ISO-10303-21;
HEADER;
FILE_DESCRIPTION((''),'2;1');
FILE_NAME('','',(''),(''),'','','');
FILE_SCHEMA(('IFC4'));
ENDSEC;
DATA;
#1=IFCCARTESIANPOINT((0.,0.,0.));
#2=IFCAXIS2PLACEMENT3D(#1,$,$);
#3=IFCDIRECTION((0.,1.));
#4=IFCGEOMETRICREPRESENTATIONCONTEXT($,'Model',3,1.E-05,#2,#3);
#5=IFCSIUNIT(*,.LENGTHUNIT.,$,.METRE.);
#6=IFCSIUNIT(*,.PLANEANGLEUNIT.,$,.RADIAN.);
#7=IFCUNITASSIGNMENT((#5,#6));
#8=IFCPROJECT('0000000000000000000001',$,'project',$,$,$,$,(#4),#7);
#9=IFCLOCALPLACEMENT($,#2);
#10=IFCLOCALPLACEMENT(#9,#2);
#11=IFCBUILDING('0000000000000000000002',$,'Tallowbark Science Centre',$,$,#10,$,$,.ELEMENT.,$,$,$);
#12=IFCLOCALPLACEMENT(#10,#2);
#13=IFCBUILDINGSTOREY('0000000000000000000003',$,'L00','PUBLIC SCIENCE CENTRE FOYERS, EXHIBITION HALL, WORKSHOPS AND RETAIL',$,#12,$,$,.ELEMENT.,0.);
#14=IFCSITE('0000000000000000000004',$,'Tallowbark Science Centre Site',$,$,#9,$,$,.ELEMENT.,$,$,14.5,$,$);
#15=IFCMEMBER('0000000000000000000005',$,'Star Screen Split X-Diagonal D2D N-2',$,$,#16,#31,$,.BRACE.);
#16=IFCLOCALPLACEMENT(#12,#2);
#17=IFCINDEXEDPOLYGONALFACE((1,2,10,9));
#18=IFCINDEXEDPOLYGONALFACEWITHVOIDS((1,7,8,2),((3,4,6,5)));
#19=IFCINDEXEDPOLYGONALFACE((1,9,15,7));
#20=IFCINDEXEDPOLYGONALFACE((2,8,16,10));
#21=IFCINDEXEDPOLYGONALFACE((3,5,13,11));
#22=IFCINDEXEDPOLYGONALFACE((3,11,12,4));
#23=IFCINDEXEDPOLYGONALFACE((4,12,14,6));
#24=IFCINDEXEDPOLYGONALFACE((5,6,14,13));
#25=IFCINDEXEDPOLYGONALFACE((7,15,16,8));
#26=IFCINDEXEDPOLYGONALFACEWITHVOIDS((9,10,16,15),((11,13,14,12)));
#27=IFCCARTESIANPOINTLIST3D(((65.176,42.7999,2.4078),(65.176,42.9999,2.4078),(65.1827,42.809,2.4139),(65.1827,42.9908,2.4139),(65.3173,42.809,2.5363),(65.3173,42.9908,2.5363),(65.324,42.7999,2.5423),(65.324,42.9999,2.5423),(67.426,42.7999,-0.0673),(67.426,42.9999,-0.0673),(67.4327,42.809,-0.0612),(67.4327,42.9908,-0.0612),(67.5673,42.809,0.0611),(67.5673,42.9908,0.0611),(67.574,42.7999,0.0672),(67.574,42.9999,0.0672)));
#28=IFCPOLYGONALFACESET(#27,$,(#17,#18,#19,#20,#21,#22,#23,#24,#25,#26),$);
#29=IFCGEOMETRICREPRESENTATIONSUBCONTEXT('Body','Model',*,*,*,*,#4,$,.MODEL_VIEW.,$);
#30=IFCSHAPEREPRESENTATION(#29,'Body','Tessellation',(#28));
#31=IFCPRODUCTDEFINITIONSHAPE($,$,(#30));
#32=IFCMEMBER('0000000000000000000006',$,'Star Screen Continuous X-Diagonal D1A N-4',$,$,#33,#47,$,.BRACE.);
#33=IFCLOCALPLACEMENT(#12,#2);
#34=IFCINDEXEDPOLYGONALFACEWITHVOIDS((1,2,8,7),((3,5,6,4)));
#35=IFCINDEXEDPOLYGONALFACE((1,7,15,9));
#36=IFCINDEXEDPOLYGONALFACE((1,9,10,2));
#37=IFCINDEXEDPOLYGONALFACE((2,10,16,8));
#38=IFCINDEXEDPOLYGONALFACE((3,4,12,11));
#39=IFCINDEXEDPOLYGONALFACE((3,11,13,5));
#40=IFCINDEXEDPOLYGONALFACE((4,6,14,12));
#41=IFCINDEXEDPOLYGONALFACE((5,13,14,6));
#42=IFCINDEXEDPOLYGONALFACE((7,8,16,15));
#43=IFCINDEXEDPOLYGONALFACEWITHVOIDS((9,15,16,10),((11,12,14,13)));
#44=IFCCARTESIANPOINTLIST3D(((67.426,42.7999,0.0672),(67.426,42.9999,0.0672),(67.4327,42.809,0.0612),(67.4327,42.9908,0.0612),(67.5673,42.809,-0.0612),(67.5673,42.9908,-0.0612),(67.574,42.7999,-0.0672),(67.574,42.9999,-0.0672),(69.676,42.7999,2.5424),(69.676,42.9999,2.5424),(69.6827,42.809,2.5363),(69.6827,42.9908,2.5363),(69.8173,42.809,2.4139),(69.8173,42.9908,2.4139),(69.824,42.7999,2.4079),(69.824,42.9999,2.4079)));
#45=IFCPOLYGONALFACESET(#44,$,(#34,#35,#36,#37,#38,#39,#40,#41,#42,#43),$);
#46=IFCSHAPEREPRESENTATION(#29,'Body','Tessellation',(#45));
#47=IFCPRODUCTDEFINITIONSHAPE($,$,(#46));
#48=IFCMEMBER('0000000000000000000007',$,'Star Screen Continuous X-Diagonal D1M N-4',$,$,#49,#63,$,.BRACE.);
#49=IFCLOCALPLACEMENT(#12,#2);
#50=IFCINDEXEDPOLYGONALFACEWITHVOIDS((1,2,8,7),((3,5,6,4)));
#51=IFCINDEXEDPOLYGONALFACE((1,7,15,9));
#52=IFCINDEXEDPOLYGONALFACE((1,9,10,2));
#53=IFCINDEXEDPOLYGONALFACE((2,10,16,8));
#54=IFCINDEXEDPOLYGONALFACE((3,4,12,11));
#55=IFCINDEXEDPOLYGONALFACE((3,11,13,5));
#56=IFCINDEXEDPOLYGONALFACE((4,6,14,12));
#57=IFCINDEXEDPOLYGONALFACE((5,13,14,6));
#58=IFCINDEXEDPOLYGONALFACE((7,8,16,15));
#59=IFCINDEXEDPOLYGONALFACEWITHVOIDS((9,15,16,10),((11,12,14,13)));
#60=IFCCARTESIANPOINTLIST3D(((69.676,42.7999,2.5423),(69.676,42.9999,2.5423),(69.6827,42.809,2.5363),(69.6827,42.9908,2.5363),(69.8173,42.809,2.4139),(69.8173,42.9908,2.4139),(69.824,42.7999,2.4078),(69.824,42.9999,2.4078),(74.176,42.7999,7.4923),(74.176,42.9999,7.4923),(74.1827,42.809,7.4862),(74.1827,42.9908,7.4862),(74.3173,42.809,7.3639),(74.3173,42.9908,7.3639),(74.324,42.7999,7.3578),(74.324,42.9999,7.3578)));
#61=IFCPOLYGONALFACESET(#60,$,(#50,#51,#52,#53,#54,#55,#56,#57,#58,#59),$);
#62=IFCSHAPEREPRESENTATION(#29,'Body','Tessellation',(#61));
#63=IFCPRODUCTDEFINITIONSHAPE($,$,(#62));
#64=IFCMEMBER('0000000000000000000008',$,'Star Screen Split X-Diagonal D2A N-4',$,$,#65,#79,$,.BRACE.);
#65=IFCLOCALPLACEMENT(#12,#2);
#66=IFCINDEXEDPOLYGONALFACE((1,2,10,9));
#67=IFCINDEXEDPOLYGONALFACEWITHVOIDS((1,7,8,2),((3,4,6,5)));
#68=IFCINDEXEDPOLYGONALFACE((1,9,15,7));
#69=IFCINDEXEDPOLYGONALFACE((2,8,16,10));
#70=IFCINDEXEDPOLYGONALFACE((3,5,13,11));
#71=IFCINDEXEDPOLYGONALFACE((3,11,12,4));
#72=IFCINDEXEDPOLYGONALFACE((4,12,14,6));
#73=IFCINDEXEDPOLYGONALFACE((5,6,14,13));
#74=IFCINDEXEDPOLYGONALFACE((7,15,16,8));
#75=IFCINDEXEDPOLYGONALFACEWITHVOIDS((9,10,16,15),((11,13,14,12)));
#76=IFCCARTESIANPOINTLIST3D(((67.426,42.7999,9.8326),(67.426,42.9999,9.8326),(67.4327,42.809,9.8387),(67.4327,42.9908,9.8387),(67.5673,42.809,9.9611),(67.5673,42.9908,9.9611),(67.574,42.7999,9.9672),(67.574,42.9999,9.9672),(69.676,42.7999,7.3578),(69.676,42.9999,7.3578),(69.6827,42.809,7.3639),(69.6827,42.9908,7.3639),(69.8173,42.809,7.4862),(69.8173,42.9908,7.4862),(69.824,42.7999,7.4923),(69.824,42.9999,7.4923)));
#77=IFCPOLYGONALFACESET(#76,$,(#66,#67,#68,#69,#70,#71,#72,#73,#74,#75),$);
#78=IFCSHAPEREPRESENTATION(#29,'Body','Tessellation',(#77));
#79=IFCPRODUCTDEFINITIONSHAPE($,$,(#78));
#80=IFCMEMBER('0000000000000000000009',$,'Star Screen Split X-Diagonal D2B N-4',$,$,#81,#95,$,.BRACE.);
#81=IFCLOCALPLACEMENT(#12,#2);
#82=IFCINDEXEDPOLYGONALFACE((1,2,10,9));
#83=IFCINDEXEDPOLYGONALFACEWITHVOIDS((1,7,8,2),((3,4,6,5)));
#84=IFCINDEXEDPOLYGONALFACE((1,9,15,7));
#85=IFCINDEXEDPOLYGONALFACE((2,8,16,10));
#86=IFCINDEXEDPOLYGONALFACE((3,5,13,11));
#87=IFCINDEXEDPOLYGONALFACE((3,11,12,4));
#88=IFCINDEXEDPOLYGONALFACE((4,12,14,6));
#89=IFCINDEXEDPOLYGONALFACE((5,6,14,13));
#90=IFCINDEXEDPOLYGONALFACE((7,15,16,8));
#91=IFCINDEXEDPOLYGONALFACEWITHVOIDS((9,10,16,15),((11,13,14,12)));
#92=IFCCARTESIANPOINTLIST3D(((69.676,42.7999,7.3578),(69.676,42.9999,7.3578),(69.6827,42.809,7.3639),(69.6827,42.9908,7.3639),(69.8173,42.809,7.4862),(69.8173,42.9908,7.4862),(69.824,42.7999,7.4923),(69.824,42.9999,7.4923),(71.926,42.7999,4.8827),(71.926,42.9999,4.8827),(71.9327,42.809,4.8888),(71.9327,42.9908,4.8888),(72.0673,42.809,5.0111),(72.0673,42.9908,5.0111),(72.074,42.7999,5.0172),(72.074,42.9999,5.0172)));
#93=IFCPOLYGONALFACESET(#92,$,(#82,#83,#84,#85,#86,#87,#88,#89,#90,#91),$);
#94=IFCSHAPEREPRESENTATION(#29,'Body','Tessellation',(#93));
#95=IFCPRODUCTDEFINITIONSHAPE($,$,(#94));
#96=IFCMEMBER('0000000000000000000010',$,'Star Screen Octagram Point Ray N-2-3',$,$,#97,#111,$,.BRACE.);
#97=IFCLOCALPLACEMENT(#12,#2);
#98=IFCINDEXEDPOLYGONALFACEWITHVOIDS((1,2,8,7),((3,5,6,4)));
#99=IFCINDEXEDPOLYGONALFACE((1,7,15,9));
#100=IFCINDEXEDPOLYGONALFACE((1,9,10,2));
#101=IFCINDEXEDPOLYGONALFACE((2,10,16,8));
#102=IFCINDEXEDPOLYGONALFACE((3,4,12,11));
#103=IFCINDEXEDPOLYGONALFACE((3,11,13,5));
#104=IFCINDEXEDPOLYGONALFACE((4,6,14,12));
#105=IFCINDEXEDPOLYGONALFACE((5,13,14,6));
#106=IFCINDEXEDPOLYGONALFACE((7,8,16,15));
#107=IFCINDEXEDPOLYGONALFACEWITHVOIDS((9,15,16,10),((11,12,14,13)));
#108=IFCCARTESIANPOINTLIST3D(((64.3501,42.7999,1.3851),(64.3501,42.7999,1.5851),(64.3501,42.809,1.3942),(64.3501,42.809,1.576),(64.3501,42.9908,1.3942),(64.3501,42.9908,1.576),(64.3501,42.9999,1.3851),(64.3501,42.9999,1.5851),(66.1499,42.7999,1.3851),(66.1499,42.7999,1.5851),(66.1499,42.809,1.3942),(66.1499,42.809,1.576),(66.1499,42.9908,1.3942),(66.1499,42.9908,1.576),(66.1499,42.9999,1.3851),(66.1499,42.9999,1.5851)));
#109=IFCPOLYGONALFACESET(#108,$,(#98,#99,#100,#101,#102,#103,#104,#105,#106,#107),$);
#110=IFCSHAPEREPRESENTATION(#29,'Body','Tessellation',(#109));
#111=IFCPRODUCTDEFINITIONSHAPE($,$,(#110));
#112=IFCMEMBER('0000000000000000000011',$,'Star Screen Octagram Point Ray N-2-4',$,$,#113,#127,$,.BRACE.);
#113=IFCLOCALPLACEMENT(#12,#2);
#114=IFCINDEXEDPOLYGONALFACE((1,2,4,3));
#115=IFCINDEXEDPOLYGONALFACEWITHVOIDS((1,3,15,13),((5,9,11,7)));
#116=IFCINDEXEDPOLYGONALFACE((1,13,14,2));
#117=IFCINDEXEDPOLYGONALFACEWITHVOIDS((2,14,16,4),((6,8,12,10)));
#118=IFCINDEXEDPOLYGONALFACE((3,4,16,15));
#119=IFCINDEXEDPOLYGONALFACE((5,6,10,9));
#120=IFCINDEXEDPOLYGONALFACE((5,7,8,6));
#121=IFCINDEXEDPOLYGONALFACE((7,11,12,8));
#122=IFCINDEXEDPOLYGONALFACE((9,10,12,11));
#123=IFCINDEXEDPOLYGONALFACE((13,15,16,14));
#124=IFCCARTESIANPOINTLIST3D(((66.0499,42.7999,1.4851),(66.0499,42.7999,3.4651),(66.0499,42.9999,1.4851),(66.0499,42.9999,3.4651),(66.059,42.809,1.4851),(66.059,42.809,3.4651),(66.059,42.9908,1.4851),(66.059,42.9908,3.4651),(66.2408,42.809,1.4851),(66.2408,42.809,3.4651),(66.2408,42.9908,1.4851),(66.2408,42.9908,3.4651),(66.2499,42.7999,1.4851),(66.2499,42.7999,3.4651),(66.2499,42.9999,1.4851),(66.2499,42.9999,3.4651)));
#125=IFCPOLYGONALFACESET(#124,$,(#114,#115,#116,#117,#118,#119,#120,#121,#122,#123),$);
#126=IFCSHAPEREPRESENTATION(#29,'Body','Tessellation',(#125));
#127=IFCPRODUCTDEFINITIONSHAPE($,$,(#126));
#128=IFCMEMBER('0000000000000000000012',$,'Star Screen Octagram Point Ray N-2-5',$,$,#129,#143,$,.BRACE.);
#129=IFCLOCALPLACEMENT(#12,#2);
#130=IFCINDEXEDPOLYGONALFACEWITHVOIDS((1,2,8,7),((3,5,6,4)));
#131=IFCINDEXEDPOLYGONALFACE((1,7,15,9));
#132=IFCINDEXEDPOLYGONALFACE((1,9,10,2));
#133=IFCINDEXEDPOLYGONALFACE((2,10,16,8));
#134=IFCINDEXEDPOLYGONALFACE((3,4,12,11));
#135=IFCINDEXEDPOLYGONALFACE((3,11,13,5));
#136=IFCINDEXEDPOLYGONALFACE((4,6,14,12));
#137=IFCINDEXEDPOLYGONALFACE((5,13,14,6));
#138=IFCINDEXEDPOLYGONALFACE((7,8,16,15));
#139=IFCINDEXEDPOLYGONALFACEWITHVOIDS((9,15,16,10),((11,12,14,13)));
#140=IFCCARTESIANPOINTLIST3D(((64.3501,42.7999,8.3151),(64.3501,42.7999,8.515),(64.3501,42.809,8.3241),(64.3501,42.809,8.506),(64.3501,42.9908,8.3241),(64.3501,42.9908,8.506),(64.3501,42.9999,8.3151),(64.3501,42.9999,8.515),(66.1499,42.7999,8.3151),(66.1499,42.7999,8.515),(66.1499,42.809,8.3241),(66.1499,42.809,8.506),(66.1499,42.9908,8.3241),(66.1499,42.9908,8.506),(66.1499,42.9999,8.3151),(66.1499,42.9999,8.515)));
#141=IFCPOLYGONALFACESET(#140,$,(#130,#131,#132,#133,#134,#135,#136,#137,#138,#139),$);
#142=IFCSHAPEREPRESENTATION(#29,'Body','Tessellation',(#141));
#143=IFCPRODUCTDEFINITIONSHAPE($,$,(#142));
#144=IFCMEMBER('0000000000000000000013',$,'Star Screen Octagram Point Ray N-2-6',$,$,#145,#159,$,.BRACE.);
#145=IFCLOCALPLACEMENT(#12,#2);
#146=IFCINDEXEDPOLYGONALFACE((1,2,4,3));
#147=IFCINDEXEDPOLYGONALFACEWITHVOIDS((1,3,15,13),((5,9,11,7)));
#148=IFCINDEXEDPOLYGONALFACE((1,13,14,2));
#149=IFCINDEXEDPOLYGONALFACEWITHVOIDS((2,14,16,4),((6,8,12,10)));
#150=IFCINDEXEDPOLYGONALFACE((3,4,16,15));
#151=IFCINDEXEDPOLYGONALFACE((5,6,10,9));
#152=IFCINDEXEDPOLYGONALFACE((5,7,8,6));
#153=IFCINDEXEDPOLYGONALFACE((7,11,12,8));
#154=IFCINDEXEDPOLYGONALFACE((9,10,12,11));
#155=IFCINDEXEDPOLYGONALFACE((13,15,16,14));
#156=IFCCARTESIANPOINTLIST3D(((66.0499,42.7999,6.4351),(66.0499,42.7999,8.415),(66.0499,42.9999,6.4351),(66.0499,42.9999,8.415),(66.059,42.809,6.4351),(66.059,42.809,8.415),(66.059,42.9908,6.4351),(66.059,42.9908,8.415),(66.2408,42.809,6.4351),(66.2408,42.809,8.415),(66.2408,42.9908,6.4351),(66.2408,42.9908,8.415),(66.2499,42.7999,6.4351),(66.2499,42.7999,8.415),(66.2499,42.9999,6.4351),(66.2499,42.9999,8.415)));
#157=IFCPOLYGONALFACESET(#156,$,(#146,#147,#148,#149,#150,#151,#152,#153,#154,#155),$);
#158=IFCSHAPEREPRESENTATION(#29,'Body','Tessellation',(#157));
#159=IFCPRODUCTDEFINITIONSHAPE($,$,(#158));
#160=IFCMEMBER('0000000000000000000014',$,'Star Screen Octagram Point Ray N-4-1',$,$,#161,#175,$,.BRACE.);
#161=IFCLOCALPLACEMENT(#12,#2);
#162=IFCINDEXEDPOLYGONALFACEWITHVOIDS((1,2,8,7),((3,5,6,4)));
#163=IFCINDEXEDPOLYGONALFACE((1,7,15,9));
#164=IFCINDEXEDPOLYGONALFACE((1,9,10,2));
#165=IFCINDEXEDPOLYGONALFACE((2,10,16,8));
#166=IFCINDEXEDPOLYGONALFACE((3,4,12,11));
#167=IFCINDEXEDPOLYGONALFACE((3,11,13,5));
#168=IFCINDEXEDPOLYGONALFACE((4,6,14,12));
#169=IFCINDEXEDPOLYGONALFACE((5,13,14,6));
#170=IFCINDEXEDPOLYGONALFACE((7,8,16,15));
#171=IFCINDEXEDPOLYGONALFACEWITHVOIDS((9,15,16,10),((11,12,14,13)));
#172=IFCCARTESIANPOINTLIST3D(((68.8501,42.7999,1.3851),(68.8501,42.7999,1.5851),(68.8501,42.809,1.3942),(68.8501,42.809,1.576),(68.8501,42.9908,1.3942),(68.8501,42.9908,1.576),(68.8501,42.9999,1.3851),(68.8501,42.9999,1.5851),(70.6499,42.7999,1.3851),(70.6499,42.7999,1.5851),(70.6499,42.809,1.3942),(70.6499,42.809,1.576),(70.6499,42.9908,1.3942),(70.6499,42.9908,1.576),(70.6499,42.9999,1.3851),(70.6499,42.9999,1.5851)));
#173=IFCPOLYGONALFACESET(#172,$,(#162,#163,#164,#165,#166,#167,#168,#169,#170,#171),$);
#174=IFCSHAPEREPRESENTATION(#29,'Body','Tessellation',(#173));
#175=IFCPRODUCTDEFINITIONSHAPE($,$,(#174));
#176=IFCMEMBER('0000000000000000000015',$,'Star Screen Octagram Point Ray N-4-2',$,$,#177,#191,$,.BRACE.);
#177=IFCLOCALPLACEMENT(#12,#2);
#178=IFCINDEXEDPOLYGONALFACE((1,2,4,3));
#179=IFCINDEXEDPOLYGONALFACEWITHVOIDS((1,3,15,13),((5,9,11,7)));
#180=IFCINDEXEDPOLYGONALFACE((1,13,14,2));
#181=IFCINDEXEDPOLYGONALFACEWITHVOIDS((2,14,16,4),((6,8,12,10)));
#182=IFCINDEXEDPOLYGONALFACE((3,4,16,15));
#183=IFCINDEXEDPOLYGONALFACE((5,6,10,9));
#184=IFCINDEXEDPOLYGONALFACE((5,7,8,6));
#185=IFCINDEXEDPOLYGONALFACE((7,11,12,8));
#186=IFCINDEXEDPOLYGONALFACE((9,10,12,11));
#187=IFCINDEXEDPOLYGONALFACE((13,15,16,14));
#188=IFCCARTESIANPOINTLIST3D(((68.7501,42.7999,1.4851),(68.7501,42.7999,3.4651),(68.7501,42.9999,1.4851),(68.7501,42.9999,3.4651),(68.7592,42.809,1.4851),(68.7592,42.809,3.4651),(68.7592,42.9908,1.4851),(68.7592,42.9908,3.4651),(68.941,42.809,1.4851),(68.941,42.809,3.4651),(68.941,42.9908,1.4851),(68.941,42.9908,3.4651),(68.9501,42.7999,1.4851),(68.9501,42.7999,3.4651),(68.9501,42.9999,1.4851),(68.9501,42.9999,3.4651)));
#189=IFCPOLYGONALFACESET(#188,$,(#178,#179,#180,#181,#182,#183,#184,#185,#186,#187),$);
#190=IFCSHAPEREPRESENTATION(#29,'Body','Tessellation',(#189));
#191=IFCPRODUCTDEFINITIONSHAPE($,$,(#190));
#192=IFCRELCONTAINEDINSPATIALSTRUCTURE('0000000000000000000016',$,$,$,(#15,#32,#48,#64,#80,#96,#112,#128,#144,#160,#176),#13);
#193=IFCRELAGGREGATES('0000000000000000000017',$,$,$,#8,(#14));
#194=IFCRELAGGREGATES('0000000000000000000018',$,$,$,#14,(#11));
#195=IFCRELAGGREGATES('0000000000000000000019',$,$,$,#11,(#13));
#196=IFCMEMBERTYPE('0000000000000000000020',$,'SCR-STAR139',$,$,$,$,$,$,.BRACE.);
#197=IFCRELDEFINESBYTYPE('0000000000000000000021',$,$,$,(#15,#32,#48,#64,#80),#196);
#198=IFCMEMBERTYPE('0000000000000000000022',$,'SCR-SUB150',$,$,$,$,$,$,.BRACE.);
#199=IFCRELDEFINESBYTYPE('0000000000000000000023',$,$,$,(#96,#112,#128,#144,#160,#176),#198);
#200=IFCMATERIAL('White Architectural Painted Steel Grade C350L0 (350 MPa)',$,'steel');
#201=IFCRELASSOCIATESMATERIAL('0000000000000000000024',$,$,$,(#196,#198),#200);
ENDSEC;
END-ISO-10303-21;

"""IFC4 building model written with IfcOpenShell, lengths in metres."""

from ifc_helpers import new_model, si_unit, direction, frame, origin, origin_2d, place, context, subcontext, project, spatial, hollow_rectangle, extrude, material, material_profile, profile_set, type_object, element, save


model = new_model("IFC4")

# Units and contexts
model_context = context("Model", 3, precision=1e-05, world=origin(), true_north=direction((0.0, 1.0)))
body_context = subcontext(model_context, "Body", "Model", "MODEL_VIEW")
ifc_project = project(units=[si_unit("LENGTHUNIT", "METRE"), si_unit("PLANEANGLEUNIT", "RADIAN")], contexts=[model_context])

# Site, building, storey
site_placement = place(None, origin())
site = spatial("IfcSite", under=ifc_project, at=site_placement, Name="Tallowbark Science Centre Site", CompositionType="ELEMENT", RefElevation=14.5)
building_placement = place(site_placement, origin())
building = spatial("IfcBuilding", under=site, at=building_placement, Name="Tallowbark Science Centre", CompositionType="ELEMENT")
storey_placement = place(building_placement, origin())
storey = spatial("IfcBuildingStorey", under=building, at=storey_placement, Name="L00", Description="PUBLIC SCIENCE CENTRE FOYERS, EXHIBITION HALL, WORKSHOPS AND RETAIL", CompositionType="ELEMENT", Elevation=0.0)

# Shared definitions
ifc_material_1 = material(Name="White Architectural Painted Steel Grade C350L0 (350 MPa)", Category="steel")

# Members
ifc_material_profile_1 = material_profile(ifc_material_1, hollow_rectangle(XDim=0.2, YDim=0.2, WallThickness=0.009, at=origin_2d()), Name="200x200x9.0SHS")
ifc_profile_set_1 = profile_set([ifc_material_profile_1], Name="White Architectural Painted Steel Grade C350L0 (350 MPa)")
member_type_1 = type_object("IfcMemberType", Name="SCR-STAR139", PredefinedType="BRACE", material=ifc_profile_set_1)
for number, where, z_axis, x_axis, name in (
    (1, (65.25, 42.8999, 2.4751), (0.672658, 0.0, -0.739953), (0.0, 1.0, 0.0), "Star Screen Split X-Diagonal D2D N-2"),
    (2, (67.5, 42.8999, 0.0), (0.672658, 0.0, 0.739953), (0.0, 1.0, 0.0), "Star Screen Continuous X-Diagonal D1A N-4"),
):
    element("IfcMember", number, at=place(storey_placement, frame(where, z_axis=z_axis, x_axis=x_axis)), inside=storey, type_object=member_type_1, Name=name, PredefinedType="BRACE", context=body_context, shape_type="SweptSolid", body=[
        extrude(hollow_rectangle(XDim=0.2, YDim=0.2, WallThickness=0.009, at=origin_2d()), origin(), (0.0, 0.0, 1.0), 3.345),
    ])
member_1_placement = place(storey_placement, frame((69.75, 42.8999, 2.4751), z_axis=(0.672676, 0.0, 0.739937), x_axis=(0.0, 1.0, 0.0)))
element("IfcMember", 3, at=member_1_placement, inside=storey, type_object=member_type_1, Name="Star Screen Continuous X-Diagonal D1M N-4", PredefinedType="BRACE", context=body_context, shape_type="SweptSolid", body=[
    extrude(hollow_rectangle(XDim=0.2, YDim=0.2, WallThickness=0.009, at=origin_2d()), origin(), (0.0, 0.0, 1.0), 6.6897),
])
member_2_placement = place(storey_placement, frame((67.5, 42.8999, 9.8999), z_axis=(0.672695, 0.0, -0.73992), x_axis=(0.0, 1.0, 0.0)))
element("IfcMember", 4, at=member_2_placement, inside=storey, type_object=member_type_1, Name="Star Screen Split X-Diagonal D2A N-4", PredefinedType="BRACE", context=body_context, shape_type="SweptSolid", body=[
    extrude(hollow_rectangle(XDim=0.2, YDim=0.2, WallThickness=0.009, at=origin_2d()), origin(), (0.0, 0.0, 1.0), 3.3447),
])
member_3_placement = place(storey_placement, frame((69.75, 42.8999, 7.425), z_axis=(0.672658, 0.0, -0.739953), x_axis=(0.0, 1.0, 0.0)))
element("IfcMember", 5, at=member_3_placement, inside=storey, type_object=member_type_1, Name="Star Screen Split X-Diagonal D2B N-4", PredefinedType="BRACE", context=body_context, shape_type="SweptSolid", body=[
    extrude(hollow_rectangle(XDim=0.2, YDim=0.2, WallThickness=0.009, at=origin_2d()), origin(), (0.0, 0.0, 1.0), 3.345),
])
ifc_material_profile_2 = material_profile(ifc_material_1, hollow_rectangle(XDim=0.2, YDim=0.2, WallThickness=0.009, at=origin_2d()), Name="200x200x9.0SHS")
ifc_profile_set_2 = profile_set([ifc_material_profile_2], Name="White Architectural Painted Steel Grade C350L0 (350 MPa)")
member_type_2 = type_object("IfcMemberType", Name="SCR-SUB150", PredefinedType="BRACE", material=ifc_profile_set_2)
member_4_placement = place(storey_placement, frame((66.1499, 42.8999, 1.4851), z_axis=(-1.0, 0.0, 0.0), x_axis=(0.0, -1.0, 0.0)))
element("IfcMember", 6, at=member_4_placement, inside=storey, type_object=member_type_2, Name="Star Screen Octagram Point Ray N-2-3", PredefinedType="BRACE", context=body_context, shape_type="SweptSolid", body=[
    extrude(hollow_rectangle(XDim=0.2, YDim=0.2, WallThickness=0.009, at=origin_2d()), origin(), (0.0, 0.0, 1.0), 1.7998),
])
member_5_placement = place(storey_placement, frame((66.1499, 42.8999, 1.4851), z_axis=(0.0, 0.0, 1.0), x_axis=(1.0, 0.0, 0.0)))
element("IfcMember", 7, at=member_5_placement, inside=storey, type_object=member_type_2, Name="Star Screen Octagram Point Ray N-2-4", PredefinedType="BRACE", context=body_context, shape_type="SweptSolid", body=[
    extrude(hollow_rectangle(XDim=0.2, YDim=0.2, WallThickness=0.009, at=origin_2d()), origin(), (0.0, 0.0, 1.0), 1.98),
])
member_6_placement = place(storey_placement, frame((66.1499, 42.8999, 8.415), z_axis=(-1.0, 0.0, 0.0), x_axis=(0.0, -1.0, 0.0)))
element("IfcMember", 8, at=member_6_placement, inside=storey, type_object=member_type_2, Name="Star Screen Octagram Point Ray N-2-5", PredefinedType="BRACE", context=body_context, shape_type="SweptSolid", body=[
    extrude(hollow_rectangle(XDim=0.2, YDim=0.2, WallThickness=0.009, at=origin_2d()), origin(), (0.0, 0.0, 1.0), 1.7998),
])
member_7_placement = place(storey_placement, frame((66.1499, 42.8999, 8.415), z_axis=(0.0, 0.0, -1.0), x_axis=(1.0, 0.0, 0.0)))
element("IfcMember", 9, at=member_7_placement, inside=storey, type_object=member_type_2, Name="Star Screen Octagram Point Ray N-2-6", PredefinedType="BRACE", context=body_context, shape_type="SweptSolid", body=[
    extrude(hollow_rectangle(XDim=0.2, YDim=0.2, WallThickness=0.009, at=origin_2d()), origin(), (0.0, 0.0, 1.0), 1.98),
])
member_8_placement = place(storey_placement, frame((68.8501, 42.8999, 1.4851), z_axis=(1.0, 0.0, 0.0), x_axis=(0.0, 1.0, 0.0)))
element("IfcMember", 10, at=member_8_placement, inside=storey, type_object=member_type_2, Name="Star Screen Octagram Point Ray N-4-1", PredefinedType="BRACE", context=body_context, shape_type="SweptSolid", body=[
    extrude(hollow_rectangle(XDim=0.2, YDim=0.2, WallThickness=0.009, at=origin_2d()), origin(), (0.0, 0.0, 1.0), 1.7998),
])
member_9_placement = place(storey_placement, frame((68.8501, 42.8999, 1.4851), z_axis=(0.0, 0.0, 1.0), x_axis=(1.0, 0.0, 0.0)))
element("IfcMember", 11, at=member_9_placement, inside=storey, type_object=member_type_2, Name="Star Screen Octagram Point Ray N-4-2", PredefinedType="BRACE", context=body_context, shape_type="SweptSolid", body=[
    extrude(hollow_rectangle(XDim=0.2, YDim=0.2, WallThickness=0.009, at=origin_2d()), origin(), (0.0, 0.0, 1.0), 1.98),
])

save(model, "model.ifc")
